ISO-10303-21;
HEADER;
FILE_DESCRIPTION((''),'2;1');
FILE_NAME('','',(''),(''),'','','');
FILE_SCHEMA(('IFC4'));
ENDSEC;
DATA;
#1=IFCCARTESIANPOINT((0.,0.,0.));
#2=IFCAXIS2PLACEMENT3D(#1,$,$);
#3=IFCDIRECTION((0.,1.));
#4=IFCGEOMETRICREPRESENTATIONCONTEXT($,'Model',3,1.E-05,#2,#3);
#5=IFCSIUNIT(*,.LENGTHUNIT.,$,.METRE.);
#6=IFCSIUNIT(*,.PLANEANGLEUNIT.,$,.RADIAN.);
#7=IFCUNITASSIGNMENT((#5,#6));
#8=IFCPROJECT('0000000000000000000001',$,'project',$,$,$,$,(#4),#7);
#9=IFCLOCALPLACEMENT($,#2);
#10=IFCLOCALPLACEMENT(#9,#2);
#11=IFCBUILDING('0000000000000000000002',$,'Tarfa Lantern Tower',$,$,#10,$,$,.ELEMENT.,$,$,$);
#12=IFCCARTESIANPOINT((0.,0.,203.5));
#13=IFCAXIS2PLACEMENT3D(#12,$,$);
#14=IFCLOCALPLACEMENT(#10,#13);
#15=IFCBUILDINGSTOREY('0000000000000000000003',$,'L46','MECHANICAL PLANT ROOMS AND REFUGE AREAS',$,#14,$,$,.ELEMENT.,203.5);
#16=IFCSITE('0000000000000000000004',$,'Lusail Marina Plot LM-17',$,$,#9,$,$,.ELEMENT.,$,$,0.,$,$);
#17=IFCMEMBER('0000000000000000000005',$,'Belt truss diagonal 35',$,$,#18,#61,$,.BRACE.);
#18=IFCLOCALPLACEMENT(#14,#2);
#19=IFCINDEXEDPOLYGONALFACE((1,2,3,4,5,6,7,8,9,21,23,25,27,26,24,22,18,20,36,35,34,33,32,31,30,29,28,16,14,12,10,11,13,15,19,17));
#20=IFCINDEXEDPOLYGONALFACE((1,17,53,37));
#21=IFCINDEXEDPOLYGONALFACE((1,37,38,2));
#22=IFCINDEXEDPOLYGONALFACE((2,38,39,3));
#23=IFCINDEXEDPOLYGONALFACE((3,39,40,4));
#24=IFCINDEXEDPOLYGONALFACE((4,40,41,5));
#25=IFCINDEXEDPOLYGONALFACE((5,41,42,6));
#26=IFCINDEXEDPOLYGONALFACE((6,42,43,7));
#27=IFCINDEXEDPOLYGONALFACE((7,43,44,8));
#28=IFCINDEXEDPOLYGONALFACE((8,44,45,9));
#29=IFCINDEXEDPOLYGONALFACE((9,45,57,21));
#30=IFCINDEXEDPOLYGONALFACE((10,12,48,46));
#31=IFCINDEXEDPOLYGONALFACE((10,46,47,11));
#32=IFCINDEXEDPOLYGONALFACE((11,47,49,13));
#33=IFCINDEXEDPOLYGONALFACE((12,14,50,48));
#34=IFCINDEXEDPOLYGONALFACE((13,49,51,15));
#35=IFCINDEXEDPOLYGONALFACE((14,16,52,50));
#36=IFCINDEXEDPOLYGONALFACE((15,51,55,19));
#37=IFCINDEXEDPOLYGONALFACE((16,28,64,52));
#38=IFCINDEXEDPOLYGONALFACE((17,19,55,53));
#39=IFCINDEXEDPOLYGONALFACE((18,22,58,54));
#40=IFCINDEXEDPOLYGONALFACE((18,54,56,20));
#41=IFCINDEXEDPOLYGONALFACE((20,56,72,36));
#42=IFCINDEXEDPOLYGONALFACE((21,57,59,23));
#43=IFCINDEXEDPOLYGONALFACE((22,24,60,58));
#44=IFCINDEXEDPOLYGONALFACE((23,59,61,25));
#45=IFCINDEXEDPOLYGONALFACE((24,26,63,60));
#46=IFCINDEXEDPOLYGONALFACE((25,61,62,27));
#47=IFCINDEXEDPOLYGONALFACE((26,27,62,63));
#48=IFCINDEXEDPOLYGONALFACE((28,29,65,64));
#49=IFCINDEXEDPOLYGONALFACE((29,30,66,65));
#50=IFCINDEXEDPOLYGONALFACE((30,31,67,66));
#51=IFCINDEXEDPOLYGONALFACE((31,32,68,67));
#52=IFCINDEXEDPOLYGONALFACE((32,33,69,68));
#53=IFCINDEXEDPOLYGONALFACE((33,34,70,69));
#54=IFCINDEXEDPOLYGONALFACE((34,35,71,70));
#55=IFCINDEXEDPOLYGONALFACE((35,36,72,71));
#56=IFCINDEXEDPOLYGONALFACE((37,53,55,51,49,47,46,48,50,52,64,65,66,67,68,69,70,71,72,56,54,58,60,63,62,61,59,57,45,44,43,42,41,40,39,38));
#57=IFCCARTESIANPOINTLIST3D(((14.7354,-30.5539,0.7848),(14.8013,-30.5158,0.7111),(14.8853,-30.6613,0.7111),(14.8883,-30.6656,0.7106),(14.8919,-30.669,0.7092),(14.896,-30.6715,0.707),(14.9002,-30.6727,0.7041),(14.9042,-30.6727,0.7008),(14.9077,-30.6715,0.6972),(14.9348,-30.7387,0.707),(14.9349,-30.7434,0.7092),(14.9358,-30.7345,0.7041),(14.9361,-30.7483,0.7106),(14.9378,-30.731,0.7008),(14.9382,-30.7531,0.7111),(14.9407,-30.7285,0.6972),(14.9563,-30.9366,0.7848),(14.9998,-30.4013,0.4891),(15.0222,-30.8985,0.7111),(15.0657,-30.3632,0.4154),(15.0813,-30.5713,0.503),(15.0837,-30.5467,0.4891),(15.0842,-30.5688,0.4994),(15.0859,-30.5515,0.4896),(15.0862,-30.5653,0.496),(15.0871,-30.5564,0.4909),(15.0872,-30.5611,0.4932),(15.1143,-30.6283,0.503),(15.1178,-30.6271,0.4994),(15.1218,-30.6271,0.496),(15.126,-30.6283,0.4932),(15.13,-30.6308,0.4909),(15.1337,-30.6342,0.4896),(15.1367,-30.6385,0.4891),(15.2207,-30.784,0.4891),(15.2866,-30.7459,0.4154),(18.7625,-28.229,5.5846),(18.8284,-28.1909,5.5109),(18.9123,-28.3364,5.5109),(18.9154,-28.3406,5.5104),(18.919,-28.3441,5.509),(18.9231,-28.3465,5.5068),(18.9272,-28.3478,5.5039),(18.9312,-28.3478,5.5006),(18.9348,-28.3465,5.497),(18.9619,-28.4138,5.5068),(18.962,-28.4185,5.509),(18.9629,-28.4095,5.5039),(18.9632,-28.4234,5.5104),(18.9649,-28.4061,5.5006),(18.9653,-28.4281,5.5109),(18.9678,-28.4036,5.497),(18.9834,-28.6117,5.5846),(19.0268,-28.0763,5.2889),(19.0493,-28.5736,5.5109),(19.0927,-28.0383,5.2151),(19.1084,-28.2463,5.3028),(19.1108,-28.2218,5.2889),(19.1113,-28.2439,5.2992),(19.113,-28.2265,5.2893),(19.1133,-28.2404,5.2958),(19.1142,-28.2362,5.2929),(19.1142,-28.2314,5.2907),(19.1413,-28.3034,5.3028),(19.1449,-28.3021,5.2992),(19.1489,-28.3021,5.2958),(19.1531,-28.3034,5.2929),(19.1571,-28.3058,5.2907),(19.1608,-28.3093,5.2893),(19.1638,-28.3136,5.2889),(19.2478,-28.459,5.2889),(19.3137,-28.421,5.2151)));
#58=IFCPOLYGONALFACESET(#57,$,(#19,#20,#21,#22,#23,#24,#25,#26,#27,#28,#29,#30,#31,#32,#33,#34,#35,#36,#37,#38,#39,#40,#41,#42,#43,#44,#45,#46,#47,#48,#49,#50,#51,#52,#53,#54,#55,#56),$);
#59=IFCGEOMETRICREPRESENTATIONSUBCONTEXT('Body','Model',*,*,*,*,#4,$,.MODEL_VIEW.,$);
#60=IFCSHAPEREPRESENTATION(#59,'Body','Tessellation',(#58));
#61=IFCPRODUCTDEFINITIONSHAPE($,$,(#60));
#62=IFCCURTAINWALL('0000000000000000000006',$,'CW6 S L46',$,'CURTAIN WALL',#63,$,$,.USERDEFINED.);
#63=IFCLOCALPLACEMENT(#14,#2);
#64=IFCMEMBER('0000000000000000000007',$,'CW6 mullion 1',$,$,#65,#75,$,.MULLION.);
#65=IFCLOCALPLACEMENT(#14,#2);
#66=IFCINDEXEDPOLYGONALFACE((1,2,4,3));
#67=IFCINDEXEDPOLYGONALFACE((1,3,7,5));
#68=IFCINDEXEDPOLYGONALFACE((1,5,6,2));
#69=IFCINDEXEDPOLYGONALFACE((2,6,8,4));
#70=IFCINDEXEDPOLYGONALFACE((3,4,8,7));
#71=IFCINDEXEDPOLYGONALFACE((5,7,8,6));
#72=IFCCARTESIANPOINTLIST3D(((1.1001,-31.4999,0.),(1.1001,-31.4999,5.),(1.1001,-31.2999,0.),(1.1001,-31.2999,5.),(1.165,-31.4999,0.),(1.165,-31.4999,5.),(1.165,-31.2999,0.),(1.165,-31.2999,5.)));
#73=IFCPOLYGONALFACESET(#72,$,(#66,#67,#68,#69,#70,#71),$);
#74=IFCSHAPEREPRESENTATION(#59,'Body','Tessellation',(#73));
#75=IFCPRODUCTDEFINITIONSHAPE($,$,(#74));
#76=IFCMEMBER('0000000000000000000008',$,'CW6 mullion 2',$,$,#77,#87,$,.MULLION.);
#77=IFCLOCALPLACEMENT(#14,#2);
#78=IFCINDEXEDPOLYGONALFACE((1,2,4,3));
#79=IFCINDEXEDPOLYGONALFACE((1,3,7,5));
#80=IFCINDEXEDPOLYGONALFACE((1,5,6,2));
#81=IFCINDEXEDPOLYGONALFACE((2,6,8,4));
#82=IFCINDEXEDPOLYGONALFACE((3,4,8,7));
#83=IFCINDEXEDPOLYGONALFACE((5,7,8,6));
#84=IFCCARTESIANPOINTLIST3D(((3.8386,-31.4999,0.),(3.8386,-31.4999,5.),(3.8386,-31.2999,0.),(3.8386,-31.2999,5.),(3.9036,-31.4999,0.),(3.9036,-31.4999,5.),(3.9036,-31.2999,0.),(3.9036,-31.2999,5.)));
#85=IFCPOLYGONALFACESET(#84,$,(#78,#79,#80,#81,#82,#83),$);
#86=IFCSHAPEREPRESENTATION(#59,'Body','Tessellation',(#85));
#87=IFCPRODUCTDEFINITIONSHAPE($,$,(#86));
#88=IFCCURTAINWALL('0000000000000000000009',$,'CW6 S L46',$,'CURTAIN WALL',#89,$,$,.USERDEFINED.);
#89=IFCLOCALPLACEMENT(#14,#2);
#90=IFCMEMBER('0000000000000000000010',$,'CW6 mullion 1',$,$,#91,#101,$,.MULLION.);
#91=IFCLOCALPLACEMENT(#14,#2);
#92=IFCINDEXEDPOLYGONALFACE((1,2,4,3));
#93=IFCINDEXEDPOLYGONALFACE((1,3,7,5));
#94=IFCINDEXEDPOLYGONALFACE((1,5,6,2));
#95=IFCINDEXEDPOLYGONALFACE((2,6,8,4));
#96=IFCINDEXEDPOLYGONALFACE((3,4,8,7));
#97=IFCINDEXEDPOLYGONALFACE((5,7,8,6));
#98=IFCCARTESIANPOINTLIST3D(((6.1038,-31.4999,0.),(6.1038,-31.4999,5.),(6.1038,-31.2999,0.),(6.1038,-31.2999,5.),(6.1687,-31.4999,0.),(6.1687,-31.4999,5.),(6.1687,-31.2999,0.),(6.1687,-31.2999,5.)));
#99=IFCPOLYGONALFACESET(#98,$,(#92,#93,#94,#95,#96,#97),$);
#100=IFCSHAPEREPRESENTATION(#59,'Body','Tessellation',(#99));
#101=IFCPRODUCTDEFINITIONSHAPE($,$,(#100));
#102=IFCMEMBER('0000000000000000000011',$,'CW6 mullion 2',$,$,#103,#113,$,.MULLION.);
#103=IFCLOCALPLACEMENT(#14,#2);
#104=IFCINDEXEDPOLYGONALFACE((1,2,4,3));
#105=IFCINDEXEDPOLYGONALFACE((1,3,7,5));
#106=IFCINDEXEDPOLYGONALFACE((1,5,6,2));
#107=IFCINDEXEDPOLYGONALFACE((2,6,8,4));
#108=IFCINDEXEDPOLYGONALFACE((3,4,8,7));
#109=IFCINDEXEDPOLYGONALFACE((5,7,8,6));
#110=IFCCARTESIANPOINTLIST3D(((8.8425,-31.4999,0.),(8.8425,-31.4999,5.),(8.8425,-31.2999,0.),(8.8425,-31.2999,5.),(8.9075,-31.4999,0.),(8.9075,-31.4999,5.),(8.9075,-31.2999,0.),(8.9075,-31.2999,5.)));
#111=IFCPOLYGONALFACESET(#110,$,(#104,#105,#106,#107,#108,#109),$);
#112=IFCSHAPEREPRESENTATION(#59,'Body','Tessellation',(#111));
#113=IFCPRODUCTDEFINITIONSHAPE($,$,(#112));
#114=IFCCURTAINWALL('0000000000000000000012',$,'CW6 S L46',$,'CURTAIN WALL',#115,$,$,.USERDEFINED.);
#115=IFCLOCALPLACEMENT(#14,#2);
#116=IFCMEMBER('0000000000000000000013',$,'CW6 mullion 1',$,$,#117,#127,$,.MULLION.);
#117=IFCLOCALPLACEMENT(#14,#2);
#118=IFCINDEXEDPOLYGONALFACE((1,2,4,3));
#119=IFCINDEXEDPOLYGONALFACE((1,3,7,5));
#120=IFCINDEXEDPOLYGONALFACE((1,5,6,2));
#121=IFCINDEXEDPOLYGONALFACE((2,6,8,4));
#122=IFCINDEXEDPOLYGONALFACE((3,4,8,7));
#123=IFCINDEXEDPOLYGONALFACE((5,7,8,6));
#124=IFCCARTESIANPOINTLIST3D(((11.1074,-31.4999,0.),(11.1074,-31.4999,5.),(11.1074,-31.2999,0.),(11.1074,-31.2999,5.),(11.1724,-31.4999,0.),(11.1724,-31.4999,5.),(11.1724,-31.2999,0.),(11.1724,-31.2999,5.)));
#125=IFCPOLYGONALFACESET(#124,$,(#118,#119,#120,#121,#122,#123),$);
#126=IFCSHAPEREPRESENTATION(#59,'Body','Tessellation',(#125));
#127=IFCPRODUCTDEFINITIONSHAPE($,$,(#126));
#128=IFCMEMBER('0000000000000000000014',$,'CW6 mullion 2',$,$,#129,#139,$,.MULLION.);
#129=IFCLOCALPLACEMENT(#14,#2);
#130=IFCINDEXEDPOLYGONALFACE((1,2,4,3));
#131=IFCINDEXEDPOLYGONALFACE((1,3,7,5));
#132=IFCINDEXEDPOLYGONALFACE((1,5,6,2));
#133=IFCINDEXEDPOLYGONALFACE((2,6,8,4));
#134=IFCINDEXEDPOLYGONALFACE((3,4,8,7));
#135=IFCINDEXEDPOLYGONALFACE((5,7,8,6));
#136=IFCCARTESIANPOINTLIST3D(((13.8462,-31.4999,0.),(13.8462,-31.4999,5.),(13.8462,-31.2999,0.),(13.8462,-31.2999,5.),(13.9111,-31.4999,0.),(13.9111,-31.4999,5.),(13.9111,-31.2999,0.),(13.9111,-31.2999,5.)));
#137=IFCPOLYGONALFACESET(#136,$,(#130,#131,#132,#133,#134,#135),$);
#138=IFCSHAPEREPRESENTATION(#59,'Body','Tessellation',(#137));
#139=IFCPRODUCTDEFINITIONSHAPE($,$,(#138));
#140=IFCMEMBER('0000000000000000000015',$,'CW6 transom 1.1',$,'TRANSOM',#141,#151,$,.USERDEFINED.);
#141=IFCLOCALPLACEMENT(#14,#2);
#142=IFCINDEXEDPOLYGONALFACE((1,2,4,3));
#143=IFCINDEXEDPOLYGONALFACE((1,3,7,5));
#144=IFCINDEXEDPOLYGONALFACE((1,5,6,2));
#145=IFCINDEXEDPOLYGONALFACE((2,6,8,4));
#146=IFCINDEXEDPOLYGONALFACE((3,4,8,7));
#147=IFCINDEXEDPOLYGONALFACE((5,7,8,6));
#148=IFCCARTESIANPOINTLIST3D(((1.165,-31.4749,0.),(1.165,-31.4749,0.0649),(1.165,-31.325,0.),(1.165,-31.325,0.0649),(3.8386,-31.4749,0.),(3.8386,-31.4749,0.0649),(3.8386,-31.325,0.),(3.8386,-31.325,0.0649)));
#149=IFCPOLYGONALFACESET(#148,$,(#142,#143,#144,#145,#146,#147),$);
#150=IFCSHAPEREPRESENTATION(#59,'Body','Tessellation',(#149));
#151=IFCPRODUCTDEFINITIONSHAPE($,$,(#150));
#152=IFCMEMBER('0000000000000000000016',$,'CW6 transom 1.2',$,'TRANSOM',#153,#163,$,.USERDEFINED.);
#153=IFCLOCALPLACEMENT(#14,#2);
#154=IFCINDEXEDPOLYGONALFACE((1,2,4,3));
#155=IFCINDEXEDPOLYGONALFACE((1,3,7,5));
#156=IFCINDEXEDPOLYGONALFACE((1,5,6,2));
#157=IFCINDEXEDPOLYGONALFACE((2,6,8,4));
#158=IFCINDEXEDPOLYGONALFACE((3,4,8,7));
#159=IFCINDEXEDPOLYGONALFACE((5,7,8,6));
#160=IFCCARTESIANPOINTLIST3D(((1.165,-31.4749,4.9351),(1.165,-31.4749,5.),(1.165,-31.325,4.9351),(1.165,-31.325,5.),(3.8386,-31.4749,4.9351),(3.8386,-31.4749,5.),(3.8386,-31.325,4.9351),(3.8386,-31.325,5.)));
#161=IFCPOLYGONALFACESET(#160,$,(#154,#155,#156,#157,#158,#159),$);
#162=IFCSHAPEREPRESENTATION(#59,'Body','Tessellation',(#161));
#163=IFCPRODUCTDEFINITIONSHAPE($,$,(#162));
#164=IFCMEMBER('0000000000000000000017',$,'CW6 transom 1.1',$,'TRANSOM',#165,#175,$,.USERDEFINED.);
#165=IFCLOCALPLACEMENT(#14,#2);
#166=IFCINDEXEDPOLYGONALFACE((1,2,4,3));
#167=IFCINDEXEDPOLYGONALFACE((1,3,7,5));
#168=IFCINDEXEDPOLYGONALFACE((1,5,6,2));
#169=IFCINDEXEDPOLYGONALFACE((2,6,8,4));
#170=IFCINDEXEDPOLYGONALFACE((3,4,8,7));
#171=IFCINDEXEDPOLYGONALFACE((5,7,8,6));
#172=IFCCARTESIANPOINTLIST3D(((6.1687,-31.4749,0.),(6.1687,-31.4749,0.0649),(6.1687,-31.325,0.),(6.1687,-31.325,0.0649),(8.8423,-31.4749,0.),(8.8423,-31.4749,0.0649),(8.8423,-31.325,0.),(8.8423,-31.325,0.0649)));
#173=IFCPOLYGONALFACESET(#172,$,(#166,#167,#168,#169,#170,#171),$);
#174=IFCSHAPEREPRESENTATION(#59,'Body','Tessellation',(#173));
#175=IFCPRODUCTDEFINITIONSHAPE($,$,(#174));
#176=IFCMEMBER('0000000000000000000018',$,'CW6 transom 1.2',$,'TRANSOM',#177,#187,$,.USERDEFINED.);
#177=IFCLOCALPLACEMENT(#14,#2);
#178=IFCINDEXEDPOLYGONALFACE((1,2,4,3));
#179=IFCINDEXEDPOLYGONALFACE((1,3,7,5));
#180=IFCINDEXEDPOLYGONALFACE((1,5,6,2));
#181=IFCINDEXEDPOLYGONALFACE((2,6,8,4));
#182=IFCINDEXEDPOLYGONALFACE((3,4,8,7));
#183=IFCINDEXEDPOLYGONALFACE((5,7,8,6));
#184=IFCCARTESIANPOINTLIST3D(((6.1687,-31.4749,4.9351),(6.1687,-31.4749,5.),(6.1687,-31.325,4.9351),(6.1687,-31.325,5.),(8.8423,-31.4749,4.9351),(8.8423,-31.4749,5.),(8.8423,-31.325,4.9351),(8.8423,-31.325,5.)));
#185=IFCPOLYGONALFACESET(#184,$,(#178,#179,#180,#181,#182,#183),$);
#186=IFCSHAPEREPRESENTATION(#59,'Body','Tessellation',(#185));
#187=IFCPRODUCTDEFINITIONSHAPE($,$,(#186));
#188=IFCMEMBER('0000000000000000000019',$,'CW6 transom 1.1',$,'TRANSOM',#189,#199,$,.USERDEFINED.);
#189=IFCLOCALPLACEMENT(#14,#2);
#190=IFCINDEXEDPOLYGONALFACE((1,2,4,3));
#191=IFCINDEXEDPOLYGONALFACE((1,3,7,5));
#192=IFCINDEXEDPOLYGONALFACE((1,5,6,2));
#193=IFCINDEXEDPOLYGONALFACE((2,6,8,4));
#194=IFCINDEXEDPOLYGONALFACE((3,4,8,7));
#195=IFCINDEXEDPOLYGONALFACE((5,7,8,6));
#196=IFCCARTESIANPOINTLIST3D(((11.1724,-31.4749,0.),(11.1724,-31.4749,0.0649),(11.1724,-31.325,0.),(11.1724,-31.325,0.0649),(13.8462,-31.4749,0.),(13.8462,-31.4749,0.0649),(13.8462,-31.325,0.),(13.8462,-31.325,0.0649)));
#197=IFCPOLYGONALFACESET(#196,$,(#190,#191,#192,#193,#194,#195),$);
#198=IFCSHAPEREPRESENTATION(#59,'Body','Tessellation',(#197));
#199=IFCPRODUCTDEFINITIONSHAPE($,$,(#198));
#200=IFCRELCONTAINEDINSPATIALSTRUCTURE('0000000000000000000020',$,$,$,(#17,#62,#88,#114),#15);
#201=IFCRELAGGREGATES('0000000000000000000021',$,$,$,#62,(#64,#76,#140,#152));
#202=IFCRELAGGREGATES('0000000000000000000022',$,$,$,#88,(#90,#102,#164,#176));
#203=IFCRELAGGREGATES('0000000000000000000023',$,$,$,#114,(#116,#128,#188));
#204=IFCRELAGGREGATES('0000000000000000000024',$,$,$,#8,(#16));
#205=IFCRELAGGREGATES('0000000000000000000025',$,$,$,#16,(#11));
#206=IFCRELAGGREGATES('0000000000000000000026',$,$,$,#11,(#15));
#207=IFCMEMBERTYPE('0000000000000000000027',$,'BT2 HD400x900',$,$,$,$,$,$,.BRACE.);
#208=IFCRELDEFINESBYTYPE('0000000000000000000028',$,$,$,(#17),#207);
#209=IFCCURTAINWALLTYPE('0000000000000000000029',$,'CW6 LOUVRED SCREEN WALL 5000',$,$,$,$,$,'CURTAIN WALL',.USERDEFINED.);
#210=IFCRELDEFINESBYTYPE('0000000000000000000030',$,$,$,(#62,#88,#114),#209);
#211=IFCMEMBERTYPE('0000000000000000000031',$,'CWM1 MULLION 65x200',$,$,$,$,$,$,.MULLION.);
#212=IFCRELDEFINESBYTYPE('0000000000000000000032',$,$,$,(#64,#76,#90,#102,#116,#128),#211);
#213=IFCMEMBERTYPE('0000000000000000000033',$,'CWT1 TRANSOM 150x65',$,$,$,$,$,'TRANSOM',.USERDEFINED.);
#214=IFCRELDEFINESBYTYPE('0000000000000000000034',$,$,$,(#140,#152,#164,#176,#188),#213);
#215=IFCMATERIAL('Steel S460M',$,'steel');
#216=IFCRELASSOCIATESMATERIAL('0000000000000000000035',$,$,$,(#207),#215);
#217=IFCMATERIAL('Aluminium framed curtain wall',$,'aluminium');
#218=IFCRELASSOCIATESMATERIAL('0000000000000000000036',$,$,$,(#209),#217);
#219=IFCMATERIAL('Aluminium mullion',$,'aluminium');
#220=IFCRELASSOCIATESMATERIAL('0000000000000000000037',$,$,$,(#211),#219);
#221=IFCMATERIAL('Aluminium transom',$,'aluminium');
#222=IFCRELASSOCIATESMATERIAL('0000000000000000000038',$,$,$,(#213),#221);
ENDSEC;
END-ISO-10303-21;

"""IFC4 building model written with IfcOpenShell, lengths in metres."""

from ifc_helpers import new_model, si_unit, direction, frame, origin, origin_2d, place, context, subcontext, project, spatial, rectangle, i_section, extrude, material, material_profile, profile_set, type_object, element, aggregate, save


model = new_model("IFC4")

# Units and contexts
model_context = context("Model", 3, precision=1e-05, world=origin(), true_north=direction((0.0, 1.0)))
body_context = subcontext(model_context, "Body", "Model", "MODEL_VIEW")
ifc_project = project(units=[si_unit("LENGTHUNIT", "METRE"), si_unit("PLANEANGLEUNIT", "RADIAN")], contexts=[model_context])

# Site, building, storey
site_placement = place(None, origin())
site = spatial("IfcSite", under=ifc_project, at=site_placement, Name="Lusail Marina Plot LM-17", CompositionType="ELEMENT", RefElevation=0.0)
building_placement = place(site_placement, origin())
building = spatial("IfcBuilding", under=site, at=building_placement, Name="Tarfa Lantern Tower", CompositionType="ELEMENT")
storey_placement = place(building_placement, frame((0.0, 0.0, 203.5)))
storey = spatial("IfcBuildingStorey", under=building, at=storey_placement, Name="L46", Description="MECHANICAL PLANT ROOMS AND REFUGE AREAS", CompositionType="ELEMENT", Elevation=203.5)

# Member
ifc_material_1 = material(Name="Steel S460M", Category="steel")
ifc_material_profile_1 = material_profile(ifc_material_1, i_section(OverallWidth=0.4419, OverallDepth=0.531, WebThickness=0.0659, FlangeThickness=0.106, FilletRadius=0.02, at=origin_2d()), Name="HD400x900")
ifc_profile_set_1 = profile_set([ifc_material_profile_1], Name="Steel S460M")
member_type_1 = type_object("IfcMemberType", Name="BT2 HD400x900", PredefinedType="BRACE", material=ifc_profile_set_1)
member_1_placement = place(storey_placement, frame((15.011, -30.6499, 0.6001), z_axis=(0.602598, 0.347896, 0.718223), x_axis=(-0.499985, 0.866034, 0.0)))
element("IfcMember", 1, at=member_1_placement, inside=storey, type_object=member_type_1, Name="Belt truss diagonal 35", PredefinedType="BRACE", context=body_context, shape_type="SweptSolid", body=[
    extrude(i_section(OverallWidth=0.4419, OverallDepth=0.531, WebThickness=0.0659, FlangeThickness=0.106, FilletRadius=0.02, at=origin_2d()), origin(), (0.0, 0.0, 1.0), 6.6829),
])

# Curtain walls, members
ifc_material_2 = material(Name="Aluminium framed curtain wall", Category="aluminium")
curtain_wall_type = type_object("IfcCurtainWallType", Name="CW6 LOUVRED SCREEN WALL 5000", ElementType="CURTAIN WALL", PredefinedType="USERDEFINED", material=ifc_material_2)
curtain_wall_1_placement = place(storey_placement, origin())
curtain_wall_1 = element("IfcCurtainWall", 2, at=curtain_wall_1_placement, inside=storey, type_object=curtain_wall_type, Name="CW6 S L46", ObjectType="CURTAIN WALL", PredefinedType="USERDEFINED")
ifc_material_3 = material(Name="Aluminium mullion", Category="aluminium")
ifc_material_profile_2 = material_profile(ifc_material_3, rectangle(XDim=0.0649, YDim=0.2, at=origin_2d()), Name="AL MULLION 65x200")
ifc_profile_set_2 = profile_set([ifc_material_profile_2], Name="Aluminium mullion")
member_type_2 = type_object("IfcMemberType", Name="CWM1 MULLION 65x200", PredefinedType="MULLION", material=ifc_profile_set_2)
member_2_placement = place(storey_placement, frame((1.1326, -31.3999, 0.0), z_axis=(0.0, 0.0, 1.0), x_axis=(1.0, 0.0, 0.0)))
member_2 = element("IfcMember", 3, at=member_2_placement, type_object=member_type_2, Name="CW6 mullion 1", PredefinedType="MULLION", context=body_context, shape_type="SweptSolid", body=[
    extrude(rectangle(XDim=0.0649, YDim=0.2, at=origin_2d()), origin(), (0.0, 0.0, 1.0), 5.0),
])
member_3_placement = place(storey_placement, frame((3.8711, -31.3999, 0.0), z_axis=(0.0, 0.0, 1.0), x_axis=(1.0, 0.0, 0.0)))
member_3 = element("IfcMember", 4, at=member_3_placement, type_object=member_type_2, Name="CW6 mullion 2", PredefinedType="MULLION", context=body_context, shape_type="SweptSolid", body=[
    extrude(rectangle(XDim=0.0649, YDim=0.2, at=origin_2d()), origin(), (0.0, 0.0, 1.0), 5.0),
])
curtain_wall_2_placement = place(storey_placement, origin())
curtain_wall_2 = element("IfcCurtainWall", 5, at=curtain_wall_2_placement, inside=storey, type_object=curtain_wall_type, Name="CW6 S L46", ObjectType="CURTAIN WALL", PredefinedType="USERDEFINED")
member_4_placement = place(storey_placement, frame((6.1362, -31.3999, 0.0), z_axis=(0.0, 0.0, 1.0), x_axis=(1.0, 0.0, 0.0)))
member_4 = element("IfcMember", 6, at=member_4_placement, type_object=member_type_2, Name="CW6 mullion 1", PredefinedType="MULLION", context=body_context, shape_type="SweptSolid", body=[
    extrude(rectangle(XDim=0.0649, YDim=0.2, at=origin_2d()), origin(), (0.0, 0.0, 1.0), 5.0),
])
member_5_placement = place(storey_placement, frame((8.875, -31.3999, 0.0), z_axis=(0.0, 0.0, 1.0), x_axis=(1.0, 0.0, 0.0)))
member_5 = element("IfcMember", 7, at=member_5_placement, type_object=member_type_2, Name="CW6 mullion 2", PredefinedType="MULLION", context=body_context, shape_type="SweptSolid", body=[
    extrude(rectangle(XDim=0.0649, YDim=0.2, at=origin_2d()), origin(), (0.0, 0.0, 1.0), 5.0),
])
curtain_wall_3_placement = place(storey_placement, origin())
curtain_wall_3 = element("IfcCurtainWall", 8, at=curtain_wall_3_placement, inside=storey, type_object=curtain_wall_type, Name="CW6 S L46", ObjectType="CURTAIN WALL", PredefinedType="USERDEFINED")
member_6_placement = place(storey_placement, frame((11.1399, -31.3999, 0.0), z_axis=(0.0, 0.0, 1.0), x_axis=(1.0, 0.0, 0.0)))
member_6 = element("IfcMember", 9, at=member_6_placement, type_object=member_type_2, Name="CW6 mullion 1", PredefinedType="MULLION", context=body_context, shape_type="SweptSolid", body=[
    extrude(rectangle(XDim=0.0649, YDim=0.2, at=origin_2d()), origin(), (0.0, 0.0, 1.0), 5.0),
])
member_7_placement = place(storey_placement, frame((13.8787, -31.3999, 0.0), z_axis=(0.0, 0.0, 1.0), x_axis=(1.0, 0.0, 0.0)))
member_7 = element("IfcMember", 10, at=member_7_placement, type_object=member_type_2, Name="CW6 mullion 2", PredefinedType="MULLION", context=body_context, shape_type="SweptSolid", body=[
    extrude(rectangle(XDim=0.0649, YDim=0.2, at=origin_2d()), origin(), (0.0, 0.0, 1.0), 5.0),
])

# Members
ifc_material_4 = material(Name="Aluminium transom", Category="aluminium")
ifc_material_profile_3 = material_profile(ifc_material_4, rectangle(XDim=0.1499, YDim=0.0649, at=origin_2d()), Name="AL TRANSOM 150x65")
ifc_profile_set_3 = profile_set([ifc_material_profile_3], Name="Aluminium transom")
member_type_3 = type_object("IfcMemberType", Name="CWT1 TRANSOM 150x65", ElementType="TRANSOM", PredefinedType="USERDEFINED", material=ifc_profile_set_3)
member_8_placement = place(storey_placement, frame((1.165, -31.3999, 0.0325), z_axis=(1.0, 0.0, 0.0), x_axis=(0.0, 1.0, 0.0)))
member_8 = element("IfcMember", 11, at=member_8_placement, type_object=member_type_3, Name="CW6 transom 1.1", ObjectType="TRANSOM", PredefinedType="USERDEFINED", context=body_context, shape_type="SweptSolid", body=[
    extrude(rectangle(XDim=0.1499, YDim=0.0649, at=origin_2d()), origin(), (0.0, 0.0, 1.0), 2.6736),
])
member_9_placement = place(storey_placement, frame((1.165, -31.3999, 4.9675), z_axis=(1.0, 0.0, 0.0), x_axis=(0.0, 1.0, 0.0)))
member_9 = element("IfcMember", 12, at=member_9_placement, type_object=member_type_3, Name="CW6 transom 1.2", ObjectType="TRANSOM", PredefinedType="USERDEFINED", context=body_context, shape_type="SweptSolid", body=[
    extrude(rectangle(XDim=0.1499, YDim=0.0649, at=origin_2d()), origin(), (0.0, 0.0, 1.0), 2.6736),
])
member_10_placement = place(storey_placement, frame((6.1687, -31.3999, 0.0325), z_axis=(1.0, 0.0, 0.0), x_axis=(0.0, 1.0, 0.0)))
member_10 = element("IfcMember", 13, at=member_10_placement, type_object=member_type_3, Name="CW6 transom 1.1", ObjectType="TRANSOM", PredefinedType="USERDEFINED", context=body_context, shape_type="SweptSolid", body=[
    extrude(rectangle(XDim=0.1499, YDim=0.0649, at=origin_2d()), origin(), (0.0, 0.0, 1.0), 2.6736),
])
member_11_placement = place(storey_placement, frame((6.1687, -31.3999, 4.9675), z_axis=(1.0, 0.0, 0.0), x_axis=(0.0, 1.0, 0.0)))
member_11 = element("IfcMember", 14, at=member_11_placement, type_object=member_type_3, Name="CW6 transom 1.2", ObjectType="TRANSOM", PredefinedType="USERDEFINED", context=body_context, shape_type="SweptSolid", body=[
    extrude(rectangle(XDim=0.1499, YDim=0.0649, at=origin_2d()), origin(), (0.0, 0.0, 1.0), 2.6736),
])
member_12_placement = place(storey_placement, frame((11.1724, -31.3999, 0.0325), z_axis=(1.0, 0.0, 0.0), x_axis=(0.0, 1.0, 0.0)))
member_12 = element("IfcMember", 15, at=member_12_placement, type_object=member_type_3, Name="CW6 transom 1.1", ObjectType="TRANSOM", PredefinedType="USERDEFINED", context=body_context, shape_type="SweptSolid", body=[
    extrude(rectangle(XDim=0.1499, YDim=0.0649, at=origin_2d()), origin(), (0.0, 0.0, 1.0), 2.6738),
])

aggregate(curtain_wall_1, [member_2, member_3, member_8, member_9])
aggregate(curtain_wall_2, [member_4, member_5, member_10, member_11])
aggregate(curtain_wall_3, [member_6, member_7, member_12])

save(model, "model.ifc")
